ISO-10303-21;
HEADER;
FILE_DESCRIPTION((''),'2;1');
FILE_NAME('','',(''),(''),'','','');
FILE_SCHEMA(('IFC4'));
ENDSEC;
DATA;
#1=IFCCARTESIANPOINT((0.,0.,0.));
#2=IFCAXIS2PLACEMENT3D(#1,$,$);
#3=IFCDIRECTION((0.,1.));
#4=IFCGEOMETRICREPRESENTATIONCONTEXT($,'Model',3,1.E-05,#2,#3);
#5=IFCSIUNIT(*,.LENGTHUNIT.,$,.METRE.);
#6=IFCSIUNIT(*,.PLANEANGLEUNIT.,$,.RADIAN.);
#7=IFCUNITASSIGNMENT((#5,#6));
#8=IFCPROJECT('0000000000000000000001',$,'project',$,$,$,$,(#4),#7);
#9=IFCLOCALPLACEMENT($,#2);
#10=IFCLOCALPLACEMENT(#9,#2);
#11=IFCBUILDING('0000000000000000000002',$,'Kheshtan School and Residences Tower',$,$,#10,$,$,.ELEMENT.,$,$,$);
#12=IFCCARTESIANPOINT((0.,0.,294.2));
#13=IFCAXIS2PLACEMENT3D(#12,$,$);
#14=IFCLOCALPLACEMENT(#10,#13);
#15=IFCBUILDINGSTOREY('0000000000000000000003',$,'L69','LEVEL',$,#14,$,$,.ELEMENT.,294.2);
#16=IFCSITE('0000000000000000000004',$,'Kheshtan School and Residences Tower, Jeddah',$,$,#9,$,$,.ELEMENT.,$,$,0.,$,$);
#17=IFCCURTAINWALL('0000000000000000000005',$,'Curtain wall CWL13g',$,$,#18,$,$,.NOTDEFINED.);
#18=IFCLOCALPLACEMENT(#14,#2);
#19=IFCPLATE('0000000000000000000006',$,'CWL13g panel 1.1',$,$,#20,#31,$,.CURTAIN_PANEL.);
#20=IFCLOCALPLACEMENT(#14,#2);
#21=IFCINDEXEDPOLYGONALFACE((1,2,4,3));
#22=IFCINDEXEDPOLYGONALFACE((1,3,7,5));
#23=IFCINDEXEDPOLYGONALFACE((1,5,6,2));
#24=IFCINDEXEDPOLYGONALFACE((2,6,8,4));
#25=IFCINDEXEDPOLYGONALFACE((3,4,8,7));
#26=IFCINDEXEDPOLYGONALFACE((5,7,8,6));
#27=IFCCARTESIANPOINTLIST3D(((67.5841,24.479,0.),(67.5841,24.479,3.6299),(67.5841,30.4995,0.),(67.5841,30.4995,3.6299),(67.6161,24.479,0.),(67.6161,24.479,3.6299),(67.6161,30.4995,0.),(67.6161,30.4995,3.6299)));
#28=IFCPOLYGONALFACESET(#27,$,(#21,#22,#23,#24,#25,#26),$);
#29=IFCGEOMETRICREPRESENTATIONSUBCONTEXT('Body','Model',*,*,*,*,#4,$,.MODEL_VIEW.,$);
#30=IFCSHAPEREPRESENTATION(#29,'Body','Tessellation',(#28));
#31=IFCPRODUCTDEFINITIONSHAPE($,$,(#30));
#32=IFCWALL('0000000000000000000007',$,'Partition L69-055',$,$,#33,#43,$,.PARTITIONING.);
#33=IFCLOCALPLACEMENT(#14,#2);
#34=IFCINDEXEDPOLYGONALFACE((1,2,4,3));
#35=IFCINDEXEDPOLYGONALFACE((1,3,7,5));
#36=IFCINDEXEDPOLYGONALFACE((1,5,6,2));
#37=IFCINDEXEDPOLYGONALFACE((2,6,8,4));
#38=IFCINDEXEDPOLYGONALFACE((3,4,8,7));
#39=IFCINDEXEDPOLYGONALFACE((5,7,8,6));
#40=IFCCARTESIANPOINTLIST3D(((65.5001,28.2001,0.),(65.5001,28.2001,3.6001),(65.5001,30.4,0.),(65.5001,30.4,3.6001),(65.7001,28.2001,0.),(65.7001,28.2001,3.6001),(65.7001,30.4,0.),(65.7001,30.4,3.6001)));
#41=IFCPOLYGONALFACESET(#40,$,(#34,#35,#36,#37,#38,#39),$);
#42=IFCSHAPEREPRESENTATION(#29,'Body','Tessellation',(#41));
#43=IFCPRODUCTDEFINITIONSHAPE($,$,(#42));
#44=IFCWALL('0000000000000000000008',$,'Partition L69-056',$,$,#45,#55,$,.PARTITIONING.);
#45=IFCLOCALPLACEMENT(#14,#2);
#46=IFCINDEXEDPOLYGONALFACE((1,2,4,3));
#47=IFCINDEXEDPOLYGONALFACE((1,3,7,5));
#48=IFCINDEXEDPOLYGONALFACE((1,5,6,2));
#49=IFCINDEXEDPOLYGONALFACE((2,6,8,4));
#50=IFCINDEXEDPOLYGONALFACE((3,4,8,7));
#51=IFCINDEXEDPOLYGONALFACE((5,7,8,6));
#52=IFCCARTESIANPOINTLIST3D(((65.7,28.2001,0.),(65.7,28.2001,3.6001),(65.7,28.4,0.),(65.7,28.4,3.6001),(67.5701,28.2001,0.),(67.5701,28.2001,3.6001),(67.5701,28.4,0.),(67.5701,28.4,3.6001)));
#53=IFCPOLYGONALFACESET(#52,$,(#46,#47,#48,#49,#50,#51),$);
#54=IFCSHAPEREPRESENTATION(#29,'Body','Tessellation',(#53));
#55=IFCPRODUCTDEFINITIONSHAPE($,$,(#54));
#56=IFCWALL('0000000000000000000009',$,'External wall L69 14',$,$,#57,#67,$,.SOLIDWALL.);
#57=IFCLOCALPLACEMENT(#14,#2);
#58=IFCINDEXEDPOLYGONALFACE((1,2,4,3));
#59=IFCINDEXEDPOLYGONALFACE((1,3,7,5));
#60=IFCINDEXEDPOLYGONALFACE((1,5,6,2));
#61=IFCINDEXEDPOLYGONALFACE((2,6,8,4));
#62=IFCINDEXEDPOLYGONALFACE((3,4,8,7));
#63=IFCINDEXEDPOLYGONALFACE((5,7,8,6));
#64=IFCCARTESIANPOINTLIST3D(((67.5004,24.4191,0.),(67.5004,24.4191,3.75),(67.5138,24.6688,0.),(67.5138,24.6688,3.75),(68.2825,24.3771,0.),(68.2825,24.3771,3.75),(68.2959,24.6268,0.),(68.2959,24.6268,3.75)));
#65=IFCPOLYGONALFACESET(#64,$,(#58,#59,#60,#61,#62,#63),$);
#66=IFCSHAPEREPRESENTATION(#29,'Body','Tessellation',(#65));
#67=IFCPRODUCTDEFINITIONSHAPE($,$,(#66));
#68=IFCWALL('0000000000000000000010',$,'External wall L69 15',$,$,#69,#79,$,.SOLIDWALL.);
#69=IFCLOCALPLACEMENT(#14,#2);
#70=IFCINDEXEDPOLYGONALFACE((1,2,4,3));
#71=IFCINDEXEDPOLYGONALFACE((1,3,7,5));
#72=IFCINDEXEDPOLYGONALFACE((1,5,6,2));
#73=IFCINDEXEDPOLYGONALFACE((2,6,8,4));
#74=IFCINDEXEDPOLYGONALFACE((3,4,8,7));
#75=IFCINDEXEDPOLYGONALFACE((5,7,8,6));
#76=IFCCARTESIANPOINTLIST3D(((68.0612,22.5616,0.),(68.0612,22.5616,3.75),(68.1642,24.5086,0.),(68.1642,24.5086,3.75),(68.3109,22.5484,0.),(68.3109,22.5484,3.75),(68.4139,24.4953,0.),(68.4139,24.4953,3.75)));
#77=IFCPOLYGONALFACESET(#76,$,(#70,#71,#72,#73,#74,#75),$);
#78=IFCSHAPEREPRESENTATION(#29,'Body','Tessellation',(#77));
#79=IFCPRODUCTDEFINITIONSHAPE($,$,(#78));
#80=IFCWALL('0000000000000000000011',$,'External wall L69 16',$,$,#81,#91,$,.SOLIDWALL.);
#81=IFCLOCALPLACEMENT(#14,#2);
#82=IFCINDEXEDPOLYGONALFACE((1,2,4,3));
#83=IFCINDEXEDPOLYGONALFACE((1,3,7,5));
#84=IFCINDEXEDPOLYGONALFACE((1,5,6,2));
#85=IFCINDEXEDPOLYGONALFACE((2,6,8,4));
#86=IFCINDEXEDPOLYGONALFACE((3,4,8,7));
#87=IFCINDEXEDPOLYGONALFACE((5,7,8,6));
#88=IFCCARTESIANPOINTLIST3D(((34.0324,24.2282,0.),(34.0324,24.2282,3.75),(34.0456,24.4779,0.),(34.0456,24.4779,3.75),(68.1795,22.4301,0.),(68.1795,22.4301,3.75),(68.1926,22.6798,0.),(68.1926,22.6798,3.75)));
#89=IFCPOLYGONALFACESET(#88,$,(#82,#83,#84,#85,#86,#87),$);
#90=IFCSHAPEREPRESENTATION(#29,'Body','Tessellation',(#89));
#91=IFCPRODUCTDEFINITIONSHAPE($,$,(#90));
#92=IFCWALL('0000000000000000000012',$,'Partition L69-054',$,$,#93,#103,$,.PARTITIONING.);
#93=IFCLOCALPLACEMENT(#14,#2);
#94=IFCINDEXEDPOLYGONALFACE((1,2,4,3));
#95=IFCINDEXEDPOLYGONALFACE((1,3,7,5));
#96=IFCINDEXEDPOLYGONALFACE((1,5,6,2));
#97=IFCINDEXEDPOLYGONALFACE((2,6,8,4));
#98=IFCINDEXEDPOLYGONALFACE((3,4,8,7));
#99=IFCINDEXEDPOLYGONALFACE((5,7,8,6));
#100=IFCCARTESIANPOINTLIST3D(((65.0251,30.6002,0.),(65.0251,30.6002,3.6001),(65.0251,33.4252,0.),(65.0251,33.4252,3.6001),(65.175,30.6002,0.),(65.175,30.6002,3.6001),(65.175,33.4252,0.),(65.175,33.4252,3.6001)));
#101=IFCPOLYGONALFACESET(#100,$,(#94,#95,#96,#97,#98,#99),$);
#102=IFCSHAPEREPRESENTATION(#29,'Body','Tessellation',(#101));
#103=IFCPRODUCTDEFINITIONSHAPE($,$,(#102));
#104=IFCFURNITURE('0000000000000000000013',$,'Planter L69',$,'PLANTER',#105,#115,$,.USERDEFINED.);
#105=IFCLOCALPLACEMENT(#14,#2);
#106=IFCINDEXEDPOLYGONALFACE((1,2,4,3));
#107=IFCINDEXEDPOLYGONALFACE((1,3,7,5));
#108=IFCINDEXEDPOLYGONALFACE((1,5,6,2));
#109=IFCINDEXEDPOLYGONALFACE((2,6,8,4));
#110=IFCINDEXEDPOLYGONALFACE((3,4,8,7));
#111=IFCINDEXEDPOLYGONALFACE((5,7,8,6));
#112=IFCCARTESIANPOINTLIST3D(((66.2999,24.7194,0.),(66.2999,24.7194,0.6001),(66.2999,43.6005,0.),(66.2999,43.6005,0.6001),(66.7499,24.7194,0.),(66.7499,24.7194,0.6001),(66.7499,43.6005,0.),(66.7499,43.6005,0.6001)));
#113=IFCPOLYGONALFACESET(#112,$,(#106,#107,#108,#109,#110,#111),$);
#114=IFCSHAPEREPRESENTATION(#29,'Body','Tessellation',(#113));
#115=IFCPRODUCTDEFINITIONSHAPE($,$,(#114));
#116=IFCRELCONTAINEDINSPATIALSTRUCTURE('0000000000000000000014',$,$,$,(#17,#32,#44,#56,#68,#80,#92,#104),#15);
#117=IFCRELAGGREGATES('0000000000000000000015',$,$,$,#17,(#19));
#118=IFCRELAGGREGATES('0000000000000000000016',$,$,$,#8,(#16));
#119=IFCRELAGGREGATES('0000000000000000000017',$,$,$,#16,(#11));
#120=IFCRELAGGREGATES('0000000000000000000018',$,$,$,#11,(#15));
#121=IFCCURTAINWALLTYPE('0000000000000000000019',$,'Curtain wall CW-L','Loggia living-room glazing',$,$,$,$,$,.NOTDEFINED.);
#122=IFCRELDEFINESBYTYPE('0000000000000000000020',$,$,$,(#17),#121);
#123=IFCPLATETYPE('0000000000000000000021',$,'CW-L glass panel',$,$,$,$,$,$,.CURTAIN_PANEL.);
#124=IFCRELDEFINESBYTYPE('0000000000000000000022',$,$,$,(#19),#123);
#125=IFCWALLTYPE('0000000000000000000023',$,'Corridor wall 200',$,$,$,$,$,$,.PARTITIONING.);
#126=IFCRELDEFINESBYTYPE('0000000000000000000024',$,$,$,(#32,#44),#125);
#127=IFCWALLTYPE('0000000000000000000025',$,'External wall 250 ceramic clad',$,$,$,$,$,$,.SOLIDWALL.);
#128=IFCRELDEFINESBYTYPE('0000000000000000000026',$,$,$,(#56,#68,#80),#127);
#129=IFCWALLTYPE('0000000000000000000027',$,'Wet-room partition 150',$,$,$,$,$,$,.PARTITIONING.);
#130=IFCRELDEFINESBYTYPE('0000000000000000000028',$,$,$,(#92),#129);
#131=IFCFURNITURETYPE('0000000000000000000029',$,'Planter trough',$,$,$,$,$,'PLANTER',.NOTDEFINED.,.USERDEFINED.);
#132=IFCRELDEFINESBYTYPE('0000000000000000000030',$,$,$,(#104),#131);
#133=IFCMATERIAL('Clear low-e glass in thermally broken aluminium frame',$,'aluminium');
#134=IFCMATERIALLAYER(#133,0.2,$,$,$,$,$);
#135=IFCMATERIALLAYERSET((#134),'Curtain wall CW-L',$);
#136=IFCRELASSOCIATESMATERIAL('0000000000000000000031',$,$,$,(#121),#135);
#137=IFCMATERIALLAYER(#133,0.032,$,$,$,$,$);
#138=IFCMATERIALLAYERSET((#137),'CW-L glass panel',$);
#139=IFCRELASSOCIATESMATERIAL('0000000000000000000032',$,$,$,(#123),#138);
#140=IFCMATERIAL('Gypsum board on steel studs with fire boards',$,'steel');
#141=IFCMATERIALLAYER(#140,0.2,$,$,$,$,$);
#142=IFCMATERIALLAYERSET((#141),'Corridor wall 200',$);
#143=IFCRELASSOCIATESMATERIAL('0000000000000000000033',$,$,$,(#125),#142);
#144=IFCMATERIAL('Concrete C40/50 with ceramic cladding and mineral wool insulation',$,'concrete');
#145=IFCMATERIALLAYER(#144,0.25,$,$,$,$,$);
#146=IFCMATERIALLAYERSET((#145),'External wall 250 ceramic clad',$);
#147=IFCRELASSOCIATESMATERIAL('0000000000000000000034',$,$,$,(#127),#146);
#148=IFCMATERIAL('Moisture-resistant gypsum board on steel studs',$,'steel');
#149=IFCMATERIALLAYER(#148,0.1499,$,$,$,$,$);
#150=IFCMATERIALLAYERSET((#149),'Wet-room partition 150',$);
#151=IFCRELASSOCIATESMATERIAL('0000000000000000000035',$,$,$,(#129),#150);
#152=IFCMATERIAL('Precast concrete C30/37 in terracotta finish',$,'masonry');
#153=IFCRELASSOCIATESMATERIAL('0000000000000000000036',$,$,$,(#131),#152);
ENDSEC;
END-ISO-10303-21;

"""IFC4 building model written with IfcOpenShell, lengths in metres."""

from ifc_helpers import new_model, si_unit, direction, frame, frame_2d, origin, origin_2d, place, context, subcontext, project, spatial, rectangle, extrude, material, layer, layer_set, type_object, element, aggregate, save


model = new_model("IFC4")

# Units and contexts
model_context = context("Model", 3, precision=1e-05, world=origin(), true_north=direction((0.0, 1.0)))
body_context = subcontext(model_context, "Body", "Model", "MODEL_VIEW")
ifc_project = project(units=[si_unit("LENGTHUNIT", "METRE"), si_unit("PLANEANGLEUNIT", "RADIAN")], contexts=[model_context])

# Site, building, storey
site_placement = place(None, origin())
site = spatial("IfcSite", under=ifc_project, at=site_placement, Name="Kheshtan School and Residences Tower, Jeddah", CompositionType="ELEMENT", RefElevation=0.0)
building_placement = place(site_placement, origin())
building = spatial("IfcBuilding", under=site, at=building_placement, Name="Kheshtan School and Residences Tower", CompositionType="ELEMENT")
storey_placement = place(building_placement, frame((0.0, 0.0, 294.2)))
storey = spatial("IfcBuildingStorey", under=building, at=storey_placement, Name="L69", Description="LEVEL", CompositionType="ELEMENT", Elevation=294.2)

# Shared definitions
ifc_material_1 = material(Name="Clear low-e glass in thermally broken aluminium frame", Category="aluminium")
ifc_layer_1 = layer(ifc_material_1, 0.2)
ifc_layer_set_1 = layer_set([ifc_layer_1], Name="Curtain wall CW-L")
curtain_wall_type = type_object("IfcCurtainWallType", Name="Curtain wall CW-L", Description="Loggia living-room glazing", PredefinedType="NOTDEFINED", material=ifc_layer_set_1)

# Curtain wall
curtain_wall_1_placement = place(storey_placement, origin())
curtain_wall_1 = element("IfcCurtainWall", 1, at=curtain_wall_1_placement, inside=storey, type_object=curtain_wall_type, Name="Curtain wall CWL13g", PredefinedType="NOTDEFINED")

# Plate
ifc_layer_2 = layer(ifc_material_1, 0.032)
ifc_layer_set_2 = layer_set([ifc_layer_2], Name="CW-L glass panel")
plate_type = type_object("IfcPlateType", Name="CW-L glass panel", PredefinedType="CURTAIN_PANEL", material=ifc_layer_set_2)
plate_1_placement = place(storey_placement, frame((67.6001, 27.4893, 0.0), z_axis=(0.0, 0.0, 1.0), x_axis=(0.0, -1.0, 0.0)))
plate_1 = element("IfcPlate", 2, at=plate_1_placement, type_object=plate_type, Name="CWL13g panel 1.1", PredefinedType="CURTAIN_PANEL", context=body_context, shape_type="SweptSolid", body=[
    extrude(rectangle(XDim=6.0205, YDim=0.032, at=origin_2d()), origin(), (0.0, 0.0, 1.0), 3.6299),
])
aggregate(curtain_wall_1, [plate_1])

# Walls
ifc_material_2 = material(Name="Gypsum board on steel studs with fire boards", Category="steel")
ifc_layer_3 = layer(ifc_material_2, 0.2)
ifc_layer_set_3 = layer_set([ifc_layer_3], Name="Corridor wall 200")
wall_type_1 = type_object("IfcWallType", Name="Corridor wall 200", PredefinedType="PARTITIONING", material=ifc_layer_set_3)
wall_1_placement = place(storey_placement, frame((65.6001, 28.2, 0.0), z_axis=(0.0, 0.0, 1.0), x_axis=(0.0, 1.0, 0.0)))
element("IfcWall", 3, at=wall_1_placement, inside=storey, type_object=wall_type_1, Name="Partition L69-055", PredefinedType="PARTITIONING", context=body_context, shape_type="SweptSolid", body=[
    extrude(rectangle(XDim=2.2, YDim=0.2, at=frame_2d((1.1001, 0.0))), origin(), (0.0, 0.0, 1.0), 3.6001),
])
wall_2_placement = place(storey_placement, frame((65.7, 28.3, 0.0), z_axis=(0.0, 0.0, 1.0), x_axis=(1.0, 0.0, 0.0)))
element("IfcWall", 4, at=wall_2_placement, inside=storey, type_object=wall_type_1, Name="Partition L69-056", PredefinedType="PARTITIONING", context=body_context, shape_type="SweptSolid", body=[
    extrude(rectangle(XDim=1.8701, YDim=0.2, at=frame_2d((0.9351, 0.0))), origin(), (0.0, 0.0, 1.0), 3.6001),
])
ifc_material_3 = material(Name="Concrete C40/50 with ceramic cladding and mineral wool insulation", Category="concrete")
ifc_layer_4 = layer(ifc_material_3, 0.25)
ifc_layer_set_4 = layer_set([ifc_layer_4], Name="External wall 250 ceramic clad")
wall_type_2 = type_object("IfcWallType", Name="External wall 250 ceramic clad", PredefinedType="SOLIDWALL", material=ifc_layer_set_4)
wall_3_placement = place(storey_placement, frame((67.5071, 24.5439, 0.0), z_axis=(0.0, 0.0, 1.0), x_axis=(0.998561, -0.053622, 0.0)))
element("IfcWall", 5, at=wall_3_placement, inside=storey, type_object=wall_type_2, Name="External wall L69 14", PredefinedType="SOLIDWALL", context=body_context, shape_type="SweptSolid", body=[
    extrude(rectangle(XDim=0.7832, YDim=0.25, at=frame_2d((0.3916, 0.0))), origin(), (0.0, 0.0, 1.0), 3.75),
])
wall_4_placement = place(storey_placement, frame((68.2891, 24.502, 0.0), z_axis=(0.0, 0.0, 1.0), x_axis=(-0.052841, -0.998603, 0.0)))
element("IfcWall", 6, at=wall_4_placement, inside=storey, type_object=wall_type_2, Name="External wall L69 15", PredefinedType="SOLIDWALL", context=body_context, shape_type="SweptSolid", body=[
    extrude(rectangle(XDim=1.9497, YDim=0.25, at=frame_2d((0.9749, 0.0))), origin(), (0.0, 0.0, 1.0), 3.75),
])
wall_5_placement = place(storey_placement, frame((68.186, 22.5549, 0.0), z_axis=(0.0, 0.0, 1.0), x_axis=(-0.998616, 0.052585, 0.0)))
element("IfcWall", 7, at=wall_5_placement, inside=storey, type_object=wall_type_2, Name="External wall L69 16", PredefinedType="SOLIDWALL", context=body_context, shape_type="SweptSolid", body=[
    extrude(rectangle(XDim=34.1943, YDim=0.25, at=frame_2d((17.0972, 0.0))), origin(), (0.0, 0.0, 1.0), 3.75),
])

# Wall
ifc_material_4 = material(Name="Moisture-resistant gypsum board on steel studs", Category="steel")
ifc_layer_5 = layer(ifc_material_4, 0.1499)
ifc_layer_set_5 = layer_set([ifc_layer_5], Name="Wet-room partition 150")
wall_type_3 = type_object("IfcWallType", Name="Wet-room partition 150", PredefinedType="PARTITIONING", material=ifc_layer_set_5)
wall_6_placement = place(storey_placement, frame((65.1001, 30.6001, 0.0), z_axis=(0.0, 0.0, 1.0), x_axis=(0.0, 1.0, 0.0)))
element("IfcWall", 8, at=wall_6_placement, inside=storey, type_object=wall_type_3, Name="Partition L69-054", PredefinedType="PARTITIONING", context=body_context, shape_type="SweptSolid", body=[
    extrude(rectangle(XDim=2.825, YDim=0.1499, at=frame_2d((1.4126, 0.0))), origin(), (0.0, 0.0, 1.0), 3.6001),
])

# Furniture
ifc_material_5 = material(Name="Precast concrete C30/37 in terracotta finish", Category="masonry")
furniture_type = type_object("IfcFurnitureType", Name="Planter trough", ElementType="PLANTER", AssemblyPlace="NOTDEFINED", PredefinedType="USERDEFINED", material=ifc_material_5)
furniture_placement = place(storey_placement, frame((66.5249, 34.1599, 0.0), z_axis=(0.0, 0.0, 1.0), x_axis=(0.0, -1.0, 0.0)))
element("IfcFurniture", 9, at=furniture_placement, inside=storey, type_object=furniture_type, Name="Planter L69", ObjectType="PLANTER", PredefinedType="USERDEFINED", context=body_context, shape_type="SweptSolid", body=[
    extrude(rectangle(XDim=18.8811, YDim=0.45, at=origin_2d()), origin(), (0.0, 0.0, 1.0), 0.6001),
])

save(model, "model.ifc")
